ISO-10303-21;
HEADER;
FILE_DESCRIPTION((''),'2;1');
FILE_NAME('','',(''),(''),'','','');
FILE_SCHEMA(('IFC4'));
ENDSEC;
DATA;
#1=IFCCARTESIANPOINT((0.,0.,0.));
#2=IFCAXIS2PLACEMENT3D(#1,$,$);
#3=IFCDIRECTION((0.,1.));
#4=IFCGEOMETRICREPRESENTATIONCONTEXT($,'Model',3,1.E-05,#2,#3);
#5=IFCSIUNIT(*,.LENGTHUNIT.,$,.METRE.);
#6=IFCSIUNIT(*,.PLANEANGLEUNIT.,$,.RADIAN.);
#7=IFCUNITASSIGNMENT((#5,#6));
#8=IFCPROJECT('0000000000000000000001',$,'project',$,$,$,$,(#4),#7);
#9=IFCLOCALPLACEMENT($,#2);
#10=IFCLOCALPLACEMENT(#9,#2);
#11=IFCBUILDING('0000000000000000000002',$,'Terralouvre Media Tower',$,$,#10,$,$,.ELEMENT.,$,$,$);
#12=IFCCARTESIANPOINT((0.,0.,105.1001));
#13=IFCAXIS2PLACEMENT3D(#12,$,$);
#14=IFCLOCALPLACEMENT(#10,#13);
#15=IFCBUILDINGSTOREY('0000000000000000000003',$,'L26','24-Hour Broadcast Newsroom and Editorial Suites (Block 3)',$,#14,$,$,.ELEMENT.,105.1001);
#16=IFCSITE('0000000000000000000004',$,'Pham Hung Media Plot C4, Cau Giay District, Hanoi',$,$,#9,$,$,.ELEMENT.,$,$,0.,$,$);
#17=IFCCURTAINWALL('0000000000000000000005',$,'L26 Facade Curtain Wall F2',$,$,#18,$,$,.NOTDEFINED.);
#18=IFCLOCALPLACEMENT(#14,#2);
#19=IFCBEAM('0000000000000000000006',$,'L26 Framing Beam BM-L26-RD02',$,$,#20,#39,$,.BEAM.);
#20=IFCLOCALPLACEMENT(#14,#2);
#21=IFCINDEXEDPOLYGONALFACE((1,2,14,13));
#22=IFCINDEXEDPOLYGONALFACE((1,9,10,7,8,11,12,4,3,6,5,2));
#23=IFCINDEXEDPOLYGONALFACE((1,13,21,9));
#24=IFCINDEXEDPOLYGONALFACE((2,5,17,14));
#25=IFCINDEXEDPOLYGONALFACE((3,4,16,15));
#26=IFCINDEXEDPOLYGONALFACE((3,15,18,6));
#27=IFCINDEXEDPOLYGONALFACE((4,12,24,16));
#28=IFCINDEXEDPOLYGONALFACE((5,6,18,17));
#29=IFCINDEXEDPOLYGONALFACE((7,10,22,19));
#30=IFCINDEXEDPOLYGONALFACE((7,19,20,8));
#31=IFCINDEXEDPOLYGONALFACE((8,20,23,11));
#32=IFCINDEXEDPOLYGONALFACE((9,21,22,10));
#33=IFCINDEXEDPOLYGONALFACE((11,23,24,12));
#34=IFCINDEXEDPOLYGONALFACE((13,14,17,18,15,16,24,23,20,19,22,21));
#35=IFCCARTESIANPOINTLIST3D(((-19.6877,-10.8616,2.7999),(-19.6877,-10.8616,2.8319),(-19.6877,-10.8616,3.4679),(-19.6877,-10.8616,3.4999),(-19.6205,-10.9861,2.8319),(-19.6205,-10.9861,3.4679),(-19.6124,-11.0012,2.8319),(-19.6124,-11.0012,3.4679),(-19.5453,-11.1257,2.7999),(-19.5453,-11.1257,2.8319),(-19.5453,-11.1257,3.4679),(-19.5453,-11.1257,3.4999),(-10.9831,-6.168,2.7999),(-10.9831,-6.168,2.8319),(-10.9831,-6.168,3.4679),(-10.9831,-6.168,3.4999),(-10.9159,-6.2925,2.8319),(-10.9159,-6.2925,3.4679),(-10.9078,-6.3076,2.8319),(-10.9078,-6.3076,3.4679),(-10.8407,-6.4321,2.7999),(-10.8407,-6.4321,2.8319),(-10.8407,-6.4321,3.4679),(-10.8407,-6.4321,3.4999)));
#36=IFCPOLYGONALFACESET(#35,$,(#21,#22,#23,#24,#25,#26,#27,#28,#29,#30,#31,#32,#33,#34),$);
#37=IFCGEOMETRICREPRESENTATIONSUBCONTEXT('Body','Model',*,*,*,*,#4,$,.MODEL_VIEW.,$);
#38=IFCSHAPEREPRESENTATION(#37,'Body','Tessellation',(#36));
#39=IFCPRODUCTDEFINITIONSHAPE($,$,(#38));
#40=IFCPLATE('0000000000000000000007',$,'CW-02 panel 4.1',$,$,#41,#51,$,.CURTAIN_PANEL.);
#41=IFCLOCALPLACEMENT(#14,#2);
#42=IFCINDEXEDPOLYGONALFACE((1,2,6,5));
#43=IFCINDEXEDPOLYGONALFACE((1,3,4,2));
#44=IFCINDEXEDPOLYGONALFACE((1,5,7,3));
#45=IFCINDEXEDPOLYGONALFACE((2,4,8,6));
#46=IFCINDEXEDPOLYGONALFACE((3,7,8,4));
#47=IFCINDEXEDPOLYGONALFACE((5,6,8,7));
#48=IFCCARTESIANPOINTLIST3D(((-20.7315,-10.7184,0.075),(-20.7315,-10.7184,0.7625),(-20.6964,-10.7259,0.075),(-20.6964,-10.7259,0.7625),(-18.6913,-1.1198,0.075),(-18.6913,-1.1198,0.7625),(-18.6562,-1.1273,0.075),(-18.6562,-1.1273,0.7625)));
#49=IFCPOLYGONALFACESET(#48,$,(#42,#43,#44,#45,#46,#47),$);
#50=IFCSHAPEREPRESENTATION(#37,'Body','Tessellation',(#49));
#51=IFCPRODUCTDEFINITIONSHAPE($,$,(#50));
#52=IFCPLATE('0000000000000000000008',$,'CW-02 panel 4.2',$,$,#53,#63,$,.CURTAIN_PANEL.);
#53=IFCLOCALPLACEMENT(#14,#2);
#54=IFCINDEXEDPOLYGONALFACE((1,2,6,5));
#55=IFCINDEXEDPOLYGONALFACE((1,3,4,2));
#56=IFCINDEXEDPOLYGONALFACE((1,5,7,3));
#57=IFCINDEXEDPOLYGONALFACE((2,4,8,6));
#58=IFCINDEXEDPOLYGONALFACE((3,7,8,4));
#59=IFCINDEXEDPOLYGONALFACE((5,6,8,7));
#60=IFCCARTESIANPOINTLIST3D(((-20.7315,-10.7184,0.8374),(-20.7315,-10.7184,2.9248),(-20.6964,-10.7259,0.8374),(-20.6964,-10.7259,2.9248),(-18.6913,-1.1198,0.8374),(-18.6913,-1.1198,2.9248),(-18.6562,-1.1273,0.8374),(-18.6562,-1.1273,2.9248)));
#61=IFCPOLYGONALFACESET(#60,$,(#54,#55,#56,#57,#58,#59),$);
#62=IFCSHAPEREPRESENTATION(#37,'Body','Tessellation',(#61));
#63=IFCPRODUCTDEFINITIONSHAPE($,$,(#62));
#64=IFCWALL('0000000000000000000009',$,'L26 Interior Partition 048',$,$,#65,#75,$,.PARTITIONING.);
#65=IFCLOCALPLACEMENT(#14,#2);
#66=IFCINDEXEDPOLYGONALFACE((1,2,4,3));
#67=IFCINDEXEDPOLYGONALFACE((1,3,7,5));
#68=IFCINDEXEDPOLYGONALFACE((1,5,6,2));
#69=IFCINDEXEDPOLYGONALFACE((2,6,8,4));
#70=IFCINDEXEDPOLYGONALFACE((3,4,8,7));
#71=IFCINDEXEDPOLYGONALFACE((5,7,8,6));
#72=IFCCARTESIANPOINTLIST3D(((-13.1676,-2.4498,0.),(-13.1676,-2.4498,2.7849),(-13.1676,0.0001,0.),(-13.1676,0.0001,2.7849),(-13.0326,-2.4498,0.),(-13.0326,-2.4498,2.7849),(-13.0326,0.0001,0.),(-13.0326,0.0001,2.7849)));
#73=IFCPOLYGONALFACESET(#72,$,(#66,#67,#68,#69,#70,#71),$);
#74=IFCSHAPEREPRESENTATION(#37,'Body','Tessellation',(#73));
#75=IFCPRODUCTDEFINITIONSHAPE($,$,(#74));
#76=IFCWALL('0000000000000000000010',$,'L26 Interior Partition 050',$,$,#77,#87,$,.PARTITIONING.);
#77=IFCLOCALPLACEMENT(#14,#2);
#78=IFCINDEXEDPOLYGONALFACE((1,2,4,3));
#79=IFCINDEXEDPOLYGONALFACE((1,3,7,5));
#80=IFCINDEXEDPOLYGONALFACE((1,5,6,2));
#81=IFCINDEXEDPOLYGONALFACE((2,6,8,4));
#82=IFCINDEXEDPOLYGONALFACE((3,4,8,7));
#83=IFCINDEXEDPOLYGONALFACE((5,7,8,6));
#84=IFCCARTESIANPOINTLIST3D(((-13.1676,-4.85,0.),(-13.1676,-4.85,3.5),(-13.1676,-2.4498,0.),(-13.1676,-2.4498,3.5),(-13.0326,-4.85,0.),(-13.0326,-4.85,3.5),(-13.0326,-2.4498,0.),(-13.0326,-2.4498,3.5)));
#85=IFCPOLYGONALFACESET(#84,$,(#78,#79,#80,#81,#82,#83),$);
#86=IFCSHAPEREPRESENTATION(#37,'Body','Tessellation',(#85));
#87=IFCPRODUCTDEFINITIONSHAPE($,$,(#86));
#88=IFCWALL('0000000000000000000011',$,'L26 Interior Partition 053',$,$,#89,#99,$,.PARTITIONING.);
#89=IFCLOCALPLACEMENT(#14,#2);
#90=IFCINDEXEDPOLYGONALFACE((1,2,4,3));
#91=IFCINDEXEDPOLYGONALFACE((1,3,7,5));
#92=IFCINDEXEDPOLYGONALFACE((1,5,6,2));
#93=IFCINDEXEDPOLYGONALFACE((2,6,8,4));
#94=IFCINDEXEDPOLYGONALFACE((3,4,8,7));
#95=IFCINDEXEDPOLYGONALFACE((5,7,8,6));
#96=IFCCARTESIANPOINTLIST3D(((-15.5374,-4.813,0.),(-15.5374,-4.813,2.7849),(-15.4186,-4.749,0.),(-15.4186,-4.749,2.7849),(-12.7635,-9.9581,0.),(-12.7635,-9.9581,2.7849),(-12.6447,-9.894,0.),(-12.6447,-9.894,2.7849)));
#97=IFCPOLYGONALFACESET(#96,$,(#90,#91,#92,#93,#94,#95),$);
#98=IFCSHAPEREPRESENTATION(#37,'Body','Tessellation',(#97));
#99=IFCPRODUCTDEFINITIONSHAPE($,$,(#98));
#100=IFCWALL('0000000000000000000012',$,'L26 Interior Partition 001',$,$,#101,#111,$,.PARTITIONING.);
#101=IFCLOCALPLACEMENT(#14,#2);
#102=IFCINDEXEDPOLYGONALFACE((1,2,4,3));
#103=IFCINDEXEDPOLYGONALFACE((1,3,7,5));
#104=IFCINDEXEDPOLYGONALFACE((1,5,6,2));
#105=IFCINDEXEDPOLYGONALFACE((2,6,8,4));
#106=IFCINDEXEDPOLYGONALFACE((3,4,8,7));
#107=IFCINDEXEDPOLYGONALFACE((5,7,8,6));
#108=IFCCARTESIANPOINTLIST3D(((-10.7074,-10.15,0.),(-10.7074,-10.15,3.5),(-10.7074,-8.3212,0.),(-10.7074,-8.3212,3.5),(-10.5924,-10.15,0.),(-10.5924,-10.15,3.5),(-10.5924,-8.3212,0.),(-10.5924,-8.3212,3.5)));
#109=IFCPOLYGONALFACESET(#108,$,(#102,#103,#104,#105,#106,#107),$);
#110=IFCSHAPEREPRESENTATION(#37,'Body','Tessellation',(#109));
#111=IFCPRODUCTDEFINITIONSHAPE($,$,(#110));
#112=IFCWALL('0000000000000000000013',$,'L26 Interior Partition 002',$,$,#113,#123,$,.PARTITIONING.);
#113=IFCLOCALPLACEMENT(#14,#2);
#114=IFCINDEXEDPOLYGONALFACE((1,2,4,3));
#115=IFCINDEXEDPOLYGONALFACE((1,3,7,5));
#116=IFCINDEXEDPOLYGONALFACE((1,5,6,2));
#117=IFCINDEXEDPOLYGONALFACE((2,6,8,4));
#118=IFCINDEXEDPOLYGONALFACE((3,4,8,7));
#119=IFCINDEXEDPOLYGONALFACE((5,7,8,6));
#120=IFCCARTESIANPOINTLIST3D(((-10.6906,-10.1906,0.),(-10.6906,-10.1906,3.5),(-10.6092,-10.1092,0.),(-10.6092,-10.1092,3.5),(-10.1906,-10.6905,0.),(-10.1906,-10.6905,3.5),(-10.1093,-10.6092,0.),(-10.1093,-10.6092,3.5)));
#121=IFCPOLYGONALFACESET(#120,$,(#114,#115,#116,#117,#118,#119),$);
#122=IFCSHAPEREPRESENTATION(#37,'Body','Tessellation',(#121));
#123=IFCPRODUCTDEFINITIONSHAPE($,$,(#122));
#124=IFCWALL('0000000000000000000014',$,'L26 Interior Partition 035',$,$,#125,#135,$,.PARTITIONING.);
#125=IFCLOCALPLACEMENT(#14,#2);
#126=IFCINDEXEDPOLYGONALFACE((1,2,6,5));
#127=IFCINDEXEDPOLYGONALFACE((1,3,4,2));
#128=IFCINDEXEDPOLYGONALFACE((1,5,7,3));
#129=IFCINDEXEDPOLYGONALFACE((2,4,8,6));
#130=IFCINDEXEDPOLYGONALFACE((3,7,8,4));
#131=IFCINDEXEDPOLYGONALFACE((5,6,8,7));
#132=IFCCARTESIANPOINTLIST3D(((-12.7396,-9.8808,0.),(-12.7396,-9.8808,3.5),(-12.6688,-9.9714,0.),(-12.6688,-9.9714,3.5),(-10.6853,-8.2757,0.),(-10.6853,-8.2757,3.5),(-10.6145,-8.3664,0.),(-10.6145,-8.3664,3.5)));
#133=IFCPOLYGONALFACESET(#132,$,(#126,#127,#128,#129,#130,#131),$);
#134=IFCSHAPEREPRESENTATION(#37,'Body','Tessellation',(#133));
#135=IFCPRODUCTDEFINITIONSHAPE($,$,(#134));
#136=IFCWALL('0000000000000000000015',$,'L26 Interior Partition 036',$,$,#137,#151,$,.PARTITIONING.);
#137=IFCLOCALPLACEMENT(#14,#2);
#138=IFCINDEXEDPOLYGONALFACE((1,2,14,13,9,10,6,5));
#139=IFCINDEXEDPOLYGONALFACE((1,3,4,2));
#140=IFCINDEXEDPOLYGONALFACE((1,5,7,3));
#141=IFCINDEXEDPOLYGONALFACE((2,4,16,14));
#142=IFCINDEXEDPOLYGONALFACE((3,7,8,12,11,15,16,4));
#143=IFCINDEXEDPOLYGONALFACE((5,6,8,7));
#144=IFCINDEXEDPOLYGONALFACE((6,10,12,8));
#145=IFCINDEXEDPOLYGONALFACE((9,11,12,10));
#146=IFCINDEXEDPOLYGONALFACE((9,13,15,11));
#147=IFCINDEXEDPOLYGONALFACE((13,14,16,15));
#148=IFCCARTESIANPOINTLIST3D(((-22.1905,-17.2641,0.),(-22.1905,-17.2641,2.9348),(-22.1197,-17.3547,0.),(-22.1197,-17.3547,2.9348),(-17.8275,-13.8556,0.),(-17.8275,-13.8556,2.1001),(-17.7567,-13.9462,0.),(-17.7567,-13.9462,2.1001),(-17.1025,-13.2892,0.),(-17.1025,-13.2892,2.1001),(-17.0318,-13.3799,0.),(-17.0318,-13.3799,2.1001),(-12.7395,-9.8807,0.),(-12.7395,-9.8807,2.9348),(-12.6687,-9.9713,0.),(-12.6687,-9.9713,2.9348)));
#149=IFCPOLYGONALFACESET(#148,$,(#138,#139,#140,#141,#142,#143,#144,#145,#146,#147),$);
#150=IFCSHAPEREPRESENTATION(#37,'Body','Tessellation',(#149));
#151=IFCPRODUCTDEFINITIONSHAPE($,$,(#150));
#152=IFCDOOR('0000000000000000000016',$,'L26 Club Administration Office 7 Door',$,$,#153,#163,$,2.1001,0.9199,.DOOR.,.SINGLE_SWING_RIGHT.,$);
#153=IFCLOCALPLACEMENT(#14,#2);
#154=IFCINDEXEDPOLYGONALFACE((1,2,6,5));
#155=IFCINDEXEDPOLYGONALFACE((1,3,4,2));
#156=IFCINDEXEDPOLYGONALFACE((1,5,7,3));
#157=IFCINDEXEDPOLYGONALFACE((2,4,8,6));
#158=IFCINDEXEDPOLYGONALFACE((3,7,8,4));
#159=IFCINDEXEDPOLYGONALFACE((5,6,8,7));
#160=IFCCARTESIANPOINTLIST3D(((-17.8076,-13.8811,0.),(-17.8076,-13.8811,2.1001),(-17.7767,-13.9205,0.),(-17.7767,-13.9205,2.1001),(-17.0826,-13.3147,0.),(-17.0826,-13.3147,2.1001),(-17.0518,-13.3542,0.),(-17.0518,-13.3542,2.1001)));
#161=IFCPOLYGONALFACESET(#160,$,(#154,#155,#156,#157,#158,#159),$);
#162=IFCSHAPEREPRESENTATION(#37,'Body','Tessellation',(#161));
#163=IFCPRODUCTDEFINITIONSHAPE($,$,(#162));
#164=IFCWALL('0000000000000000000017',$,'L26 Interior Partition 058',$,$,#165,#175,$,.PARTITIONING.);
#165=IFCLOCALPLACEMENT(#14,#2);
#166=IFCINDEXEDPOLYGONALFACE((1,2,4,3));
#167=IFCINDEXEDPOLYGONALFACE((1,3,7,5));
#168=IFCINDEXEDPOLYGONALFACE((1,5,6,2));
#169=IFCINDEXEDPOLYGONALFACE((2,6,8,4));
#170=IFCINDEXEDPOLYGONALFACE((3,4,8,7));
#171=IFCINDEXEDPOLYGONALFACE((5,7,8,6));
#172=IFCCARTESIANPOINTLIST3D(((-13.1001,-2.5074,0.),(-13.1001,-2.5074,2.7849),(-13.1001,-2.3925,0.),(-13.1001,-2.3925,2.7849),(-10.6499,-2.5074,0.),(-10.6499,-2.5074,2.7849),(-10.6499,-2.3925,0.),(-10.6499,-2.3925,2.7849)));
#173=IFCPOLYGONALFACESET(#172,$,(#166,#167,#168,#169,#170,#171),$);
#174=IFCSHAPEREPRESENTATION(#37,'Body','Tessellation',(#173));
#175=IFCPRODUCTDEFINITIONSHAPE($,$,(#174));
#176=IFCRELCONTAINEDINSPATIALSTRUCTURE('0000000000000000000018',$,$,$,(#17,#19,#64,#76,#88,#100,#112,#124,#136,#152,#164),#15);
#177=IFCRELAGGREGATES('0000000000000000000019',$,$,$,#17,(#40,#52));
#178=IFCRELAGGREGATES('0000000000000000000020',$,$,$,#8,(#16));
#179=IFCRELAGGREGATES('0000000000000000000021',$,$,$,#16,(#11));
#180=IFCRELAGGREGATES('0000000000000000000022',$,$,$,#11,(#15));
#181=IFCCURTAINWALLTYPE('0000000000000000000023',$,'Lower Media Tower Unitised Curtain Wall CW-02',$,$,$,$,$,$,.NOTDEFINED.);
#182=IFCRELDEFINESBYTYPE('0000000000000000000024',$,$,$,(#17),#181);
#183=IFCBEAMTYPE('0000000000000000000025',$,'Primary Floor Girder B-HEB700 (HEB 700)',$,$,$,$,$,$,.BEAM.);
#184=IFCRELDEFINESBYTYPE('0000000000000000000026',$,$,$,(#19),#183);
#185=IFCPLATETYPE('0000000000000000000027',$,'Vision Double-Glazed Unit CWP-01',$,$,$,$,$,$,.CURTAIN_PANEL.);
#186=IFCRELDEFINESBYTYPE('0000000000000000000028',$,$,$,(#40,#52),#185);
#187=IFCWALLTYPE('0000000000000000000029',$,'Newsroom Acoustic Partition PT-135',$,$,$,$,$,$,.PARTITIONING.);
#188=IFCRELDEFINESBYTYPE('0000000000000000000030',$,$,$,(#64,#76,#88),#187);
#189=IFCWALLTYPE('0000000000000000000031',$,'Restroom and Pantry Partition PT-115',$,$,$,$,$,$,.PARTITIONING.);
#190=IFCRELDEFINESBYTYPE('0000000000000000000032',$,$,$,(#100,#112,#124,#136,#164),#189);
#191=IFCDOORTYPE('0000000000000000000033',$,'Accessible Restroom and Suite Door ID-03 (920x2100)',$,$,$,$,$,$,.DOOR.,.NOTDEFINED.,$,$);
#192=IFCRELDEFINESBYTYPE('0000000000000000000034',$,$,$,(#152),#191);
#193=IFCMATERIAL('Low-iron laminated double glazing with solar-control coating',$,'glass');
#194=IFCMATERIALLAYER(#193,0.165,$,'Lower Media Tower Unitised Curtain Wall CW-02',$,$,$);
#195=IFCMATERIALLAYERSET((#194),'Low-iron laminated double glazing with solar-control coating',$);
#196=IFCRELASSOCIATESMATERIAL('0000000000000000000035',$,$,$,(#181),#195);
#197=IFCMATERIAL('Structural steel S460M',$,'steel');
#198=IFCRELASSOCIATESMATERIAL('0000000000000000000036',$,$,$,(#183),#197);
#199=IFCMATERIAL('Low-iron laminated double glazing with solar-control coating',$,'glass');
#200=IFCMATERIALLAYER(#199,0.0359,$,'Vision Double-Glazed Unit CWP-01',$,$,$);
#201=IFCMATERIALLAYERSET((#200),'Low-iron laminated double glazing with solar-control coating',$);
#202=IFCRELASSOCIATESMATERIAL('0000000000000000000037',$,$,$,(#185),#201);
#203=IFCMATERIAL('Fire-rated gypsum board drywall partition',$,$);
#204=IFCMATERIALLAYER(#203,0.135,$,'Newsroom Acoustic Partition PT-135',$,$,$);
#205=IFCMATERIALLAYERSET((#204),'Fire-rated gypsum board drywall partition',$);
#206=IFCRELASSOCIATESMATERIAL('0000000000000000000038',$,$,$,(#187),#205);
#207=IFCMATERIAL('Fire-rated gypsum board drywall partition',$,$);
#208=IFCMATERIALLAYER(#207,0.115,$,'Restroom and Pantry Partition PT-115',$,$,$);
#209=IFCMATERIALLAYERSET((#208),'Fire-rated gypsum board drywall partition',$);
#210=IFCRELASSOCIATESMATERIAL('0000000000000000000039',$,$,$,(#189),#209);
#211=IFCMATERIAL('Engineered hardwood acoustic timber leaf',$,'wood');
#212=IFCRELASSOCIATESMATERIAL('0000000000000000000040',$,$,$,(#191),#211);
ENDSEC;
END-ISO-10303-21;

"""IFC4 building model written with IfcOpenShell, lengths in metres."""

from ifc_helpers import new_model, si_unit, direction, frame, frame_2d, origin, origin_2d, place, context, subcontext, project, spatial, rectangle, i_section, extrude, material, layer, layer_set, material_profile, profile_set, type_object, element, fill, aggregate, save


model = new_model("IFC4")

# Units and contexts
model_context = context("Model", 3, precision=1e-05, world=origin(), true_north=direction((0.0, 1.0)))
body_context = subcontext(model_context, "Body", "Model", "MODEL_VIEW")
ifc_project = project(units=[si_unit("LENGTHUNIT", "METRE"), si_unit("PLANEANGLEUNIT", "RADIAN")], contexts=[model_context])

# Site, building, storey
site_placement = place(None, origin())
site = spatial("IfcSite", under=ifc_project, at=site_placement, Name="Pham Hung Media Plot C4, Cau Giay District, Hanoi", CompositionType="ELEMENT", RefElevation=0.0)
building_placement = place(site_placement, origin())
building = spatial("IfcBuilding", under=site, at=building_placement, Name="Terralouvre Media Tower", CompositionType="ELEMENT")
storey_placement = place(building_placement, frame((0.0, 0.0, 105.1001)))
storey = spatial("IfcBuildingStorey", under=building, at=storey_placement, Name="L26", Description="24-Hour Broadcast Newsroom and Editorial Suites (Block 3)", CompositionType="ELEMENT", Elevation=105.1001)

# Curtain wall
ifc_material_1 = material(Name="Low-iron laminated double glazing with solar-control coating", Category="glass")
ifc_layer_1 = layer(ifc_material_1, 0.165, Name="Lower Media Tower Unitised Curtain Wall CW-02")
ifc_layer_set_1 = layer_set([ifc_layer_1], Name="Low-iron laminated double glazing with solar-control coating")
curtain_wall_type = type_object("IfcCurtainWallType", Name="Lower Media Tower Unitised Curtain Wall CW-02", PredefinedType="NOTDEFINED", material=ifc_layer_set_1)
curtain_wall_placement = place(storey_placement, origin())
curtain_wall = element("IfcCurtainWall", 1, at=curtain_wall_placement, inside=storey, type_object=curtain_wall_type, Name="L26 Facade Curtain Wall F2", PredefinedType="NOTDEFINED")

# Beam
ifc_material_2 = material(Name="Structural steel S460M", Category="steel")
ifc_material_profile_1 = material_profile(ifc_material_2, i_section(OverallWidth=0.3, OverallDepth=0.7, WebThickness=0.0171, FlangeThickness=0.032, at=origin_2d()), Name="HEB 700")
ifc_profile_set_1 = profile_set([ifc_material_profile_1], Name="Structural steel S460M")
beam_type_1 = type_object("IfcBeamType", Name="Primary Floor Girder B-HEB700 (HEB 700)", PredefinedType="BEAM", material=ifc_profile_set_1)
beam_1_placement = place(storey_placement, frame((-10.9119, -6.3, 3.1499), z_axis=(-0.880196, -0.474611, 0.0), x_axis=(0.474611, -0.880196, 0.0)))
element("IfcBeam", 2, at=beam_1_placement, inside=storey, type_object=beam_type_1, Name="L26 Framing Beam BM-L26-RD02", PredefinedType="BEAM", context=body_context, shape_type="SweptSolid", body=[
    extrude(i_section(OverallWidth=0.3, OverallDepth=0.7, WebThickness=0.0171, FlangeThickness=0.032, at=origin_2d()), origin(), (0.0, 0.0, 1.0), 9.8894),
])

# Plates
ifc_material_3 = material(Name="Low-iron laminated double glazing with solar-control coating", Category="glass")
ifc_layer_2 = layer(ifc_material_3, 0.0359, Name="Vision Double-Glazed Unit CWP-01")
ifc_layer_set_2 = layer_set([ifc_layer_2], Name="Low-iron laminated double glazing with solar-control coating")
plate_type = type_object("IfcPlateType", Name="Vision Double-Glazed Unit CWP-01", PredefinedType="CURTAIN_PANEL", material=ifc_layer_set_2)
plate_1_placement = place(storey_placement, frame((-19.6938, -5.9229, 0.075), z_axis=(0.0, 0.0, 1.0), x_axis=(-0.207912, -0.978148, 0.0)))
plate_1 = element("IfcPlate", 3, at=plate_1_placement, type_object=plate_type, Name="CW-02 panel 4.1", PredefinedType="CURTAIN_PANEL", context=body_context, shape_type="SweptSolid", body=[
    extrude(rectangle(XDim=9.813, YDim=0.0359, at=origin_2d()), origin(), (0.0, 0.0, 1.0), 0.6875),
])
plate_2_placement = place(storey_placement, frame((-19.6938, -5.9229, 0.8374), z_axis=(0.0, 0.0, 1.0), x_axis=(-0.207912, -0.978148, 0.0)))
plate_2 = element("IfcPlate", 4, at=plate_2_placement, type_object=plate_type, Name="CW-02 panel 4.2", PredefinedType="CURTAIN_PANEL", context=body_context, shape_type="SweptSolid", body=[
    extrude(rectangle(XDim=9.813, YDim=0.0359, at=origin_2d()), origin(), (0.0, 0.0, 1.0), 2.0874),
])
aggregate(curtain_wall, [plate_1, plate_2])

# Walls
ifc_material_4 = material(Name="Fire-rated gypsum board drywall partition")
ifc_layer_3 = layer(ifc_material_4, 0.135, Name="Newsroom Acoustic Partition PT-135")
ifc_layer_set_3 = layer_set([ifc_layer_3], Name="Fire-rated gypsum board drywall partition")
wall_type_1 = type_object("IfcWallType", Name="Newsroom Acoustic Partition PT-135", PredefinedType="PARTITIONING", material=ifc_layer_set_3)
wall_1_placement = place(storey_placement, frame((-13.1001, -2.45, 0.0), z_axis=(0.0, 0.0, 1.0), x_axis=(0.0, 1.0, 0.0)))
element("IfcWall", 5, at=wall_1_placement, inside=storey, type_object=wall_type_1, Name="L26 Interior Partition 048", PredefinedType="PARTITIONING", context=body_context, shape_type="SweptSolid", body=[
    extrude(rectangle(XDim=2.45, YDim=0.135, at=frame_2d((1.2251, 0.0))), origin(), (0.0, 0.0, 1.0), 2.7849),
])
wall_2_placement = place(storey_placement, frame((-13.1001, -4.8501, 0.0), z_axis=(0.0, 0.0, 1.0), x_axis=(0.0, 1.0, 0.0)))
element("IfcWall", 6, at=wall_2_placement, inside=storey, type_object=wall_type_1, Name="L26 Interior Partition 050", PredefinedType="PARTITIONING", context=body_context, shape_type="SweptSolid", body=[
    extrude(rectangle(XDim=2.4001, YDim=0.135, at=frame_2d((1.2002, 0.0))), origin(), (0.0, 0.0, 1.0), 3.5),
])
wall_3_placement = place(storey_placement, frame((-15.478, -4.781, 0.0), z_axis=(0.0, 0.0, 1.0), x_axis=(0.474568, -0.880219, 0.0)))
element("IfcWall", 7, at=wall_3_placement, inside=storey, type_object=wall_type_1, Name="L26 Interior Partition 053", PredefinedType="PARTITIONING", context=body_context, shape_type="SweptSolid", body=[
    extrude(rectangle(XDim=5.8452, YDim=0.135, at=frame_2d((2.9226, 0.0))), origin(), (0.0, 0.0, 1.0), 2.7849),
])
ifc_material_5 = material(Name="Fire-rated gypsum board drywall partition")
ifc_layer_4 = layer(ifc_material_5, 0.115, Name="Restroom and Pantry Partition PT-115")
ifc_layer_set_4 = layer_set([ifc_layer_4], Name="Fire-rated gypsum board drywall partition")
wall_type_2 = type_object("IfcWallType", Name="Restroom and Pantry Partition PT-115", PredefinedType="PARTITIONING", material=ifc_layer_set_4)
wall_4_placement = place(storey_placement, frame((-10.6499, -8.321, 0.0), z_axis=(0.0, 0.0, 1.0), x_axis=(0.0, -1.0, 0.0)))
element("IfcWall", 8, at=wall_4_placement, inside=storey, type_object=wall_type_2, Name="L26 Interior Partition 001", PredefinedType="PARTITIONING", context=body_context, shape_type="SweptSolid", body=[
    extrude(rectangle(XDim=1.8289, YDim=0.115, at=frame_2d((0.9146, 0.0))), origin(), (0.0, 0.0, 1.0), 3.5),
])
wall_5_placement = place(storey_placement, frame((-10.6499, -10.1499, 0.0), z_axis=(0.0, 0.0, 1.0), x_axis=(0.707107, -0.707107, 0.0)))
element("IfcWall", 9, at=wall_5_placement, inside=storey, type_object=wall_type_2, Name="L26 Interior Partition 002", PredefinedType="PARTITIONING", context=body_context, shape_type="SweptSolid", body=[
    extrude(rectangle(XDim=0.707, YDim=0.115, at=frame_2d((0.3535, 0.0))), origin(), (0.0, 0.0, 1.0), 3.5),
])
wall_6_placement = place(storey_placement, frame((-10.6499, -8.321, 0.0), z_axis=(0.0, 0.0, 1.0), x_axis=(-0.787999, -0.615677, 0.0)))
element("IfcWall", 10, at=wall_6_placement, inside=storey, type_object=wall_type_2, Name="L26 Interior Partition 035", PredefinedType="PARTITIONING", context=body_context, shape_type="SweptSolid", body=[
    extrude(rectangle(XDim=2.6069, YDim=0.115, at=frame_2d((1.3035, 0.0))), origin(), (0.0, 0.0, 1.0), 3.5),
])

# Wall, opening, door
wall_7_placement = place(storey_placement, frame((-12.7041, -9.926, 0.0), z_axis=(0.0, 0.0, 1.0), x_axis=(-0.788034, -0.615632, 0.0)))
wall_7 = element("IfcWall", 11, at=wall_7_placement, inside=storey, type_object=wall_type_2, Name="L26 Interior Partition 036", PredefinedType="PARTITIONING", context=body_context, shape_type="SweptSolid", body=[
    extrude(rectangle(XDim=11.9932, YDim=0.115, at=frame_2d((5.9966, 0.0))), origin(), (0.0, 0.0, 1.0), 2.9348),
])
opening_placement = place(wall_7_placement, frame((5.5366, 0.0, 0.0)))
opening = element("IfcOpeningElement", 12, at=opening_placement, cuts=wall_7, PredefinedType="OPENING", context=body_context, shape_type="SweptSolid", body=[
    extrude(rectangle(XDim=0.9199, YDim=2.1001, at=frame_2d((0.46, 1.05))), frame((0.0, 0.0674, 0.0), z_axis=(0.0, -1.0, 0.0), x_axis=(1.0, 0.0, 0.0)), (0.0, 0.0, 1.0), 0.135),
])
ifc_material_6 = material(Name="Engineered hardwood acoustic timber leaf", Category="wood")
door_type = type_object("IfcDoorType", Name="Accessible Restroom and Suite Door ID-03 (920x2100)", OperationType="NOTDEFINED", PredefinedType="DOOR", material=ifc_material_6)
door_placement = place(opening_placement, origin())
door = element("IfcDoor", 13, at=door_placement, inside=storey, type_object=door_type, Name="L26 Club Administration Office 7 Door", OperationType="SINGLE_SWING_RIGHT", OverallHeight=2.1001, OverallWidth=0.9199, PredefinedType="DOOR", context=body_context, shape_type="SweptSolid", body=[
    extrude(rectangle(XDim=0.9199, YDim=2.1001, at=frame_2d((0.46, 1.05))), frame((0.0, 0.0249, 0.0), z_axis=(0.0, -1.0, 0.0), x_axis=(1.0, 0.0, 0.0)), (0.0, 0.0, 1.0), 0.05),
])
fill(opening, door)

# Wall
wall_8_placement = place(storey_placement, frame((-13.1001, -2.45, 0.0), z_axis=(0.0, 0.0, 1.0), x_axis=(1.0, 0.0, 0.0)))
element("IfcWall", 14, at=wall_8_placement, inside=storey, type_object=wall_type_2, Name="L26 Interior Partition 058", PredefinedType="PARTITIONING", context=body_context, shape_type="SweptSolid", body=[
    extrude(rectangle(XDim=2.4502, YDim=0.115, at=frame_2d((1.2251, 0.0))), origin(), (0.0, 0.0, 1.0), 2.7849),
])

save(model, "model.ifc")
